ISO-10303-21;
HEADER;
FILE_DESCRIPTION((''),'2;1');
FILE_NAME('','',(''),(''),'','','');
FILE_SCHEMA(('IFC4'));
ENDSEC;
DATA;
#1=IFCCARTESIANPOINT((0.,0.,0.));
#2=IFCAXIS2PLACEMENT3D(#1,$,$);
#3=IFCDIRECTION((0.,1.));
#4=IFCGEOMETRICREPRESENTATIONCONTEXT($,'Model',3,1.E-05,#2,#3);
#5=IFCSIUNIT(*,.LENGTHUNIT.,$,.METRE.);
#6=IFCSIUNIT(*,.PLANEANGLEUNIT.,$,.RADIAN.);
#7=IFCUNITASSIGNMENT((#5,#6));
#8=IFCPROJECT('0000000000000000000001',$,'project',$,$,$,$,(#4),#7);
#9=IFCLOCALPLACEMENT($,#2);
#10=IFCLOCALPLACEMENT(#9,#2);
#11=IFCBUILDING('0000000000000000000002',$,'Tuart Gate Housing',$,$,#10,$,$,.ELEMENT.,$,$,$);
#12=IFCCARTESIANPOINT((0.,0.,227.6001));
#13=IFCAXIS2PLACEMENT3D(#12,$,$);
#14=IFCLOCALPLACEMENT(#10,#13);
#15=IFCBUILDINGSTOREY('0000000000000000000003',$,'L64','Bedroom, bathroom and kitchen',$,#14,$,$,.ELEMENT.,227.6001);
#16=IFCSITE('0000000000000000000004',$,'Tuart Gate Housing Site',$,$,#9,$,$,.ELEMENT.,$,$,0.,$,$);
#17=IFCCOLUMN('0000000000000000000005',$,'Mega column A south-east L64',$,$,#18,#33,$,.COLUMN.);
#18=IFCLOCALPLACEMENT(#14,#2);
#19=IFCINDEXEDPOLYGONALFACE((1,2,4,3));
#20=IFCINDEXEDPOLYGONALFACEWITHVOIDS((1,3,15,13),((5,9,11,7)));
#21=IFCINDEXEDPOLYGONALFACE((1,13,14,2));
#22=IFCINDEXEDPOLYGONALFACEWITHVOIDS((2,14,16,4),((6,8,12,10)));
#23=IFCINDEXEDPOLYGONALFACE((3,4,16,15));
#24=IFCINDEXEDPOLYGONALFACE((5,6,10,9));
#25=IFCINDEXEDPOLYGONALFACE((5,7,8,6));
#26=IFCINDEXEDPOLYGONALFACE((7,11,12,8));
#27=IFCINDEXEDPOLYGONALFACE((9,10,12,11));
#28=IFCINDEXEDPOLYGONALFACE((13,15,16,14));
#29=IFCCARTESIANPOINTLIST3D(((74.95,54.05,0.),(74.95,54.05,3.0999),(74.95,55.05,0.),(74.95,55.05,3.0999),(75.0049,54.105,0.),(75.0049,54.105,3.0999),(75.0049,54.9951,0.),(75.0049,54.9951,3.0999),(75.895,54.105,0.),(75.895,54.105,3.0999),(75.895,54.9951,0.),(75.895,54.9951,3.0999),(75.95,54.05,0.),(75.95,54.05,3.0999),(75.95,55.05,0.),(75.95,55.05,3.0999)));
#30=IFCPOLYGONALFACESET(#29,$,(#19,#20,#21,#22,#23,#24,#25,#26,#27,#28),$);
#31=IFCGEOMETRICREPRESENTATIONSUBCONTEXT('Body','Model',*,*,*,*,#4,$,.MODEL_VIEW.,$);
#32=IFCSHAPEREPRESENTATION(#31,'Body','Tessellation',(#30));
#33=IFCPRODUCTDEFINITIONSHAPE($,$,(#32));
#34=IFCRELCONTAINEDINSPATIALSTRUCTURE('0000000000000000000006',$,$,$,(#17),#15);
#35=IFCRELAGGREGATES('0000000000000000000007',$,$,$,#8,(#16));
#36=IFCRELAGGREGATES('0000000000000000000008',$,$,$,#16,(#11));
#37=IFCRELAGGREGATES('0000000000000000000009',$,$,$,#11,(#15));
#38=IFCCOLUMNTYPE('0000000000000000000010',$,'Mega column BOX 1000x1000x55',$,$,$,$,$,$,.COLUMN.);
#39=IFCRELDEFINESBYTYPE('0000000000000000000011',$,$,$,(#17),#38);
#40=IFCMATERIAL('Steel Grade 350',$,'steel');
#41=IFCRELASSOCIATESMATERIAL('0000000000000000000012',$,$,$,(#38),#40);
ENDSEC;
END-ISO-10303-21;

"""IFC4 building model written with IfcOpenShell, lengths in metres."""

from ifc_helpers import new_model, si_unit, direction, frame, origin, origin_2d, place, context, subcontext, project, spatial, hollow_rectangle, extrude, material, material_profile, profile_set, type_object, element, save


model = new_model("IFC4")

# Units and contexts
model_context = context("Model", 3, precision=1e-05, world=origin(), true_north=direction((0.0, 1.0)))
body_context = subcontext(model_context, "Body", "Model", "MODEL_VIEW")
ifc_project = project(units=[si_unit("LENGTHUNIT", "METRE"), si_unit("PLANEANGLEUNIT", "RADIAN")], contexts=[model_context])

# Site, building, storey
site_placement = place(None, origin())
site = spatial("IfcSite", under=ifc_project, at=site_placement, Name="Tuart Gate Housing Site", CompositionType="ELEMENT", RefElevation=0.0)
building_placement = place(site_placement, origin())
building = spatial("IfcBuilding", under=site, at=building_placement, Name="Tuart Gate Housing", CompositionType="ELEMENT")
storey_placement = place(building_placement, frame((0.0, 0.0, 227.6001)))
storey = spatial("IfcBuildingStorey", under=building, at=storey_placement, Name="L64", Description="Bedroom, bathroom and kitchen", CompositionType="ELEMENT", Elevation=227.6001)

# Column
ifc_material_1 = material(Name="Steel Grade 350", Category="steel")
ifc_material_profile = material_profile(ifc_material_1, hollow_rectangle(XDim=1.0, YDim=1.0, WallThickness=0.0549, at=origin_2d()), Name="BOX 1000x1000x55")
ifc_profile_set = profile_set([ifc_material_profile], Name="Steel Grade 350")
column_type = type_object("IfcColumnType", Name="Mega column BOX 1000x1000x55", PredefinedType="COLUMN", material=ifc_profile_set)
column_placement = place(storey_placement, frame((75.45, 54.55, 0.0), z_axis=(0.0, 0.0, 1.0), x_axis=(1.0, 0.0, 0.0)))
element("IfcColumn", 1, at=column_placement, inside=storey, type_object=column_type, Name="Mega column A south-east L64", PredefinedType="COLUMN", context=body_context, shape_type="SweptSolid", body=[
    extrude(hollow_rectangle(XDim=1.0, YDim=1.0, WallThickness=0.0549, at=origin_2d()), origin(), (0.0, 0.0, 1.0), 3.0999),
])

save(model, "model.ifc")
